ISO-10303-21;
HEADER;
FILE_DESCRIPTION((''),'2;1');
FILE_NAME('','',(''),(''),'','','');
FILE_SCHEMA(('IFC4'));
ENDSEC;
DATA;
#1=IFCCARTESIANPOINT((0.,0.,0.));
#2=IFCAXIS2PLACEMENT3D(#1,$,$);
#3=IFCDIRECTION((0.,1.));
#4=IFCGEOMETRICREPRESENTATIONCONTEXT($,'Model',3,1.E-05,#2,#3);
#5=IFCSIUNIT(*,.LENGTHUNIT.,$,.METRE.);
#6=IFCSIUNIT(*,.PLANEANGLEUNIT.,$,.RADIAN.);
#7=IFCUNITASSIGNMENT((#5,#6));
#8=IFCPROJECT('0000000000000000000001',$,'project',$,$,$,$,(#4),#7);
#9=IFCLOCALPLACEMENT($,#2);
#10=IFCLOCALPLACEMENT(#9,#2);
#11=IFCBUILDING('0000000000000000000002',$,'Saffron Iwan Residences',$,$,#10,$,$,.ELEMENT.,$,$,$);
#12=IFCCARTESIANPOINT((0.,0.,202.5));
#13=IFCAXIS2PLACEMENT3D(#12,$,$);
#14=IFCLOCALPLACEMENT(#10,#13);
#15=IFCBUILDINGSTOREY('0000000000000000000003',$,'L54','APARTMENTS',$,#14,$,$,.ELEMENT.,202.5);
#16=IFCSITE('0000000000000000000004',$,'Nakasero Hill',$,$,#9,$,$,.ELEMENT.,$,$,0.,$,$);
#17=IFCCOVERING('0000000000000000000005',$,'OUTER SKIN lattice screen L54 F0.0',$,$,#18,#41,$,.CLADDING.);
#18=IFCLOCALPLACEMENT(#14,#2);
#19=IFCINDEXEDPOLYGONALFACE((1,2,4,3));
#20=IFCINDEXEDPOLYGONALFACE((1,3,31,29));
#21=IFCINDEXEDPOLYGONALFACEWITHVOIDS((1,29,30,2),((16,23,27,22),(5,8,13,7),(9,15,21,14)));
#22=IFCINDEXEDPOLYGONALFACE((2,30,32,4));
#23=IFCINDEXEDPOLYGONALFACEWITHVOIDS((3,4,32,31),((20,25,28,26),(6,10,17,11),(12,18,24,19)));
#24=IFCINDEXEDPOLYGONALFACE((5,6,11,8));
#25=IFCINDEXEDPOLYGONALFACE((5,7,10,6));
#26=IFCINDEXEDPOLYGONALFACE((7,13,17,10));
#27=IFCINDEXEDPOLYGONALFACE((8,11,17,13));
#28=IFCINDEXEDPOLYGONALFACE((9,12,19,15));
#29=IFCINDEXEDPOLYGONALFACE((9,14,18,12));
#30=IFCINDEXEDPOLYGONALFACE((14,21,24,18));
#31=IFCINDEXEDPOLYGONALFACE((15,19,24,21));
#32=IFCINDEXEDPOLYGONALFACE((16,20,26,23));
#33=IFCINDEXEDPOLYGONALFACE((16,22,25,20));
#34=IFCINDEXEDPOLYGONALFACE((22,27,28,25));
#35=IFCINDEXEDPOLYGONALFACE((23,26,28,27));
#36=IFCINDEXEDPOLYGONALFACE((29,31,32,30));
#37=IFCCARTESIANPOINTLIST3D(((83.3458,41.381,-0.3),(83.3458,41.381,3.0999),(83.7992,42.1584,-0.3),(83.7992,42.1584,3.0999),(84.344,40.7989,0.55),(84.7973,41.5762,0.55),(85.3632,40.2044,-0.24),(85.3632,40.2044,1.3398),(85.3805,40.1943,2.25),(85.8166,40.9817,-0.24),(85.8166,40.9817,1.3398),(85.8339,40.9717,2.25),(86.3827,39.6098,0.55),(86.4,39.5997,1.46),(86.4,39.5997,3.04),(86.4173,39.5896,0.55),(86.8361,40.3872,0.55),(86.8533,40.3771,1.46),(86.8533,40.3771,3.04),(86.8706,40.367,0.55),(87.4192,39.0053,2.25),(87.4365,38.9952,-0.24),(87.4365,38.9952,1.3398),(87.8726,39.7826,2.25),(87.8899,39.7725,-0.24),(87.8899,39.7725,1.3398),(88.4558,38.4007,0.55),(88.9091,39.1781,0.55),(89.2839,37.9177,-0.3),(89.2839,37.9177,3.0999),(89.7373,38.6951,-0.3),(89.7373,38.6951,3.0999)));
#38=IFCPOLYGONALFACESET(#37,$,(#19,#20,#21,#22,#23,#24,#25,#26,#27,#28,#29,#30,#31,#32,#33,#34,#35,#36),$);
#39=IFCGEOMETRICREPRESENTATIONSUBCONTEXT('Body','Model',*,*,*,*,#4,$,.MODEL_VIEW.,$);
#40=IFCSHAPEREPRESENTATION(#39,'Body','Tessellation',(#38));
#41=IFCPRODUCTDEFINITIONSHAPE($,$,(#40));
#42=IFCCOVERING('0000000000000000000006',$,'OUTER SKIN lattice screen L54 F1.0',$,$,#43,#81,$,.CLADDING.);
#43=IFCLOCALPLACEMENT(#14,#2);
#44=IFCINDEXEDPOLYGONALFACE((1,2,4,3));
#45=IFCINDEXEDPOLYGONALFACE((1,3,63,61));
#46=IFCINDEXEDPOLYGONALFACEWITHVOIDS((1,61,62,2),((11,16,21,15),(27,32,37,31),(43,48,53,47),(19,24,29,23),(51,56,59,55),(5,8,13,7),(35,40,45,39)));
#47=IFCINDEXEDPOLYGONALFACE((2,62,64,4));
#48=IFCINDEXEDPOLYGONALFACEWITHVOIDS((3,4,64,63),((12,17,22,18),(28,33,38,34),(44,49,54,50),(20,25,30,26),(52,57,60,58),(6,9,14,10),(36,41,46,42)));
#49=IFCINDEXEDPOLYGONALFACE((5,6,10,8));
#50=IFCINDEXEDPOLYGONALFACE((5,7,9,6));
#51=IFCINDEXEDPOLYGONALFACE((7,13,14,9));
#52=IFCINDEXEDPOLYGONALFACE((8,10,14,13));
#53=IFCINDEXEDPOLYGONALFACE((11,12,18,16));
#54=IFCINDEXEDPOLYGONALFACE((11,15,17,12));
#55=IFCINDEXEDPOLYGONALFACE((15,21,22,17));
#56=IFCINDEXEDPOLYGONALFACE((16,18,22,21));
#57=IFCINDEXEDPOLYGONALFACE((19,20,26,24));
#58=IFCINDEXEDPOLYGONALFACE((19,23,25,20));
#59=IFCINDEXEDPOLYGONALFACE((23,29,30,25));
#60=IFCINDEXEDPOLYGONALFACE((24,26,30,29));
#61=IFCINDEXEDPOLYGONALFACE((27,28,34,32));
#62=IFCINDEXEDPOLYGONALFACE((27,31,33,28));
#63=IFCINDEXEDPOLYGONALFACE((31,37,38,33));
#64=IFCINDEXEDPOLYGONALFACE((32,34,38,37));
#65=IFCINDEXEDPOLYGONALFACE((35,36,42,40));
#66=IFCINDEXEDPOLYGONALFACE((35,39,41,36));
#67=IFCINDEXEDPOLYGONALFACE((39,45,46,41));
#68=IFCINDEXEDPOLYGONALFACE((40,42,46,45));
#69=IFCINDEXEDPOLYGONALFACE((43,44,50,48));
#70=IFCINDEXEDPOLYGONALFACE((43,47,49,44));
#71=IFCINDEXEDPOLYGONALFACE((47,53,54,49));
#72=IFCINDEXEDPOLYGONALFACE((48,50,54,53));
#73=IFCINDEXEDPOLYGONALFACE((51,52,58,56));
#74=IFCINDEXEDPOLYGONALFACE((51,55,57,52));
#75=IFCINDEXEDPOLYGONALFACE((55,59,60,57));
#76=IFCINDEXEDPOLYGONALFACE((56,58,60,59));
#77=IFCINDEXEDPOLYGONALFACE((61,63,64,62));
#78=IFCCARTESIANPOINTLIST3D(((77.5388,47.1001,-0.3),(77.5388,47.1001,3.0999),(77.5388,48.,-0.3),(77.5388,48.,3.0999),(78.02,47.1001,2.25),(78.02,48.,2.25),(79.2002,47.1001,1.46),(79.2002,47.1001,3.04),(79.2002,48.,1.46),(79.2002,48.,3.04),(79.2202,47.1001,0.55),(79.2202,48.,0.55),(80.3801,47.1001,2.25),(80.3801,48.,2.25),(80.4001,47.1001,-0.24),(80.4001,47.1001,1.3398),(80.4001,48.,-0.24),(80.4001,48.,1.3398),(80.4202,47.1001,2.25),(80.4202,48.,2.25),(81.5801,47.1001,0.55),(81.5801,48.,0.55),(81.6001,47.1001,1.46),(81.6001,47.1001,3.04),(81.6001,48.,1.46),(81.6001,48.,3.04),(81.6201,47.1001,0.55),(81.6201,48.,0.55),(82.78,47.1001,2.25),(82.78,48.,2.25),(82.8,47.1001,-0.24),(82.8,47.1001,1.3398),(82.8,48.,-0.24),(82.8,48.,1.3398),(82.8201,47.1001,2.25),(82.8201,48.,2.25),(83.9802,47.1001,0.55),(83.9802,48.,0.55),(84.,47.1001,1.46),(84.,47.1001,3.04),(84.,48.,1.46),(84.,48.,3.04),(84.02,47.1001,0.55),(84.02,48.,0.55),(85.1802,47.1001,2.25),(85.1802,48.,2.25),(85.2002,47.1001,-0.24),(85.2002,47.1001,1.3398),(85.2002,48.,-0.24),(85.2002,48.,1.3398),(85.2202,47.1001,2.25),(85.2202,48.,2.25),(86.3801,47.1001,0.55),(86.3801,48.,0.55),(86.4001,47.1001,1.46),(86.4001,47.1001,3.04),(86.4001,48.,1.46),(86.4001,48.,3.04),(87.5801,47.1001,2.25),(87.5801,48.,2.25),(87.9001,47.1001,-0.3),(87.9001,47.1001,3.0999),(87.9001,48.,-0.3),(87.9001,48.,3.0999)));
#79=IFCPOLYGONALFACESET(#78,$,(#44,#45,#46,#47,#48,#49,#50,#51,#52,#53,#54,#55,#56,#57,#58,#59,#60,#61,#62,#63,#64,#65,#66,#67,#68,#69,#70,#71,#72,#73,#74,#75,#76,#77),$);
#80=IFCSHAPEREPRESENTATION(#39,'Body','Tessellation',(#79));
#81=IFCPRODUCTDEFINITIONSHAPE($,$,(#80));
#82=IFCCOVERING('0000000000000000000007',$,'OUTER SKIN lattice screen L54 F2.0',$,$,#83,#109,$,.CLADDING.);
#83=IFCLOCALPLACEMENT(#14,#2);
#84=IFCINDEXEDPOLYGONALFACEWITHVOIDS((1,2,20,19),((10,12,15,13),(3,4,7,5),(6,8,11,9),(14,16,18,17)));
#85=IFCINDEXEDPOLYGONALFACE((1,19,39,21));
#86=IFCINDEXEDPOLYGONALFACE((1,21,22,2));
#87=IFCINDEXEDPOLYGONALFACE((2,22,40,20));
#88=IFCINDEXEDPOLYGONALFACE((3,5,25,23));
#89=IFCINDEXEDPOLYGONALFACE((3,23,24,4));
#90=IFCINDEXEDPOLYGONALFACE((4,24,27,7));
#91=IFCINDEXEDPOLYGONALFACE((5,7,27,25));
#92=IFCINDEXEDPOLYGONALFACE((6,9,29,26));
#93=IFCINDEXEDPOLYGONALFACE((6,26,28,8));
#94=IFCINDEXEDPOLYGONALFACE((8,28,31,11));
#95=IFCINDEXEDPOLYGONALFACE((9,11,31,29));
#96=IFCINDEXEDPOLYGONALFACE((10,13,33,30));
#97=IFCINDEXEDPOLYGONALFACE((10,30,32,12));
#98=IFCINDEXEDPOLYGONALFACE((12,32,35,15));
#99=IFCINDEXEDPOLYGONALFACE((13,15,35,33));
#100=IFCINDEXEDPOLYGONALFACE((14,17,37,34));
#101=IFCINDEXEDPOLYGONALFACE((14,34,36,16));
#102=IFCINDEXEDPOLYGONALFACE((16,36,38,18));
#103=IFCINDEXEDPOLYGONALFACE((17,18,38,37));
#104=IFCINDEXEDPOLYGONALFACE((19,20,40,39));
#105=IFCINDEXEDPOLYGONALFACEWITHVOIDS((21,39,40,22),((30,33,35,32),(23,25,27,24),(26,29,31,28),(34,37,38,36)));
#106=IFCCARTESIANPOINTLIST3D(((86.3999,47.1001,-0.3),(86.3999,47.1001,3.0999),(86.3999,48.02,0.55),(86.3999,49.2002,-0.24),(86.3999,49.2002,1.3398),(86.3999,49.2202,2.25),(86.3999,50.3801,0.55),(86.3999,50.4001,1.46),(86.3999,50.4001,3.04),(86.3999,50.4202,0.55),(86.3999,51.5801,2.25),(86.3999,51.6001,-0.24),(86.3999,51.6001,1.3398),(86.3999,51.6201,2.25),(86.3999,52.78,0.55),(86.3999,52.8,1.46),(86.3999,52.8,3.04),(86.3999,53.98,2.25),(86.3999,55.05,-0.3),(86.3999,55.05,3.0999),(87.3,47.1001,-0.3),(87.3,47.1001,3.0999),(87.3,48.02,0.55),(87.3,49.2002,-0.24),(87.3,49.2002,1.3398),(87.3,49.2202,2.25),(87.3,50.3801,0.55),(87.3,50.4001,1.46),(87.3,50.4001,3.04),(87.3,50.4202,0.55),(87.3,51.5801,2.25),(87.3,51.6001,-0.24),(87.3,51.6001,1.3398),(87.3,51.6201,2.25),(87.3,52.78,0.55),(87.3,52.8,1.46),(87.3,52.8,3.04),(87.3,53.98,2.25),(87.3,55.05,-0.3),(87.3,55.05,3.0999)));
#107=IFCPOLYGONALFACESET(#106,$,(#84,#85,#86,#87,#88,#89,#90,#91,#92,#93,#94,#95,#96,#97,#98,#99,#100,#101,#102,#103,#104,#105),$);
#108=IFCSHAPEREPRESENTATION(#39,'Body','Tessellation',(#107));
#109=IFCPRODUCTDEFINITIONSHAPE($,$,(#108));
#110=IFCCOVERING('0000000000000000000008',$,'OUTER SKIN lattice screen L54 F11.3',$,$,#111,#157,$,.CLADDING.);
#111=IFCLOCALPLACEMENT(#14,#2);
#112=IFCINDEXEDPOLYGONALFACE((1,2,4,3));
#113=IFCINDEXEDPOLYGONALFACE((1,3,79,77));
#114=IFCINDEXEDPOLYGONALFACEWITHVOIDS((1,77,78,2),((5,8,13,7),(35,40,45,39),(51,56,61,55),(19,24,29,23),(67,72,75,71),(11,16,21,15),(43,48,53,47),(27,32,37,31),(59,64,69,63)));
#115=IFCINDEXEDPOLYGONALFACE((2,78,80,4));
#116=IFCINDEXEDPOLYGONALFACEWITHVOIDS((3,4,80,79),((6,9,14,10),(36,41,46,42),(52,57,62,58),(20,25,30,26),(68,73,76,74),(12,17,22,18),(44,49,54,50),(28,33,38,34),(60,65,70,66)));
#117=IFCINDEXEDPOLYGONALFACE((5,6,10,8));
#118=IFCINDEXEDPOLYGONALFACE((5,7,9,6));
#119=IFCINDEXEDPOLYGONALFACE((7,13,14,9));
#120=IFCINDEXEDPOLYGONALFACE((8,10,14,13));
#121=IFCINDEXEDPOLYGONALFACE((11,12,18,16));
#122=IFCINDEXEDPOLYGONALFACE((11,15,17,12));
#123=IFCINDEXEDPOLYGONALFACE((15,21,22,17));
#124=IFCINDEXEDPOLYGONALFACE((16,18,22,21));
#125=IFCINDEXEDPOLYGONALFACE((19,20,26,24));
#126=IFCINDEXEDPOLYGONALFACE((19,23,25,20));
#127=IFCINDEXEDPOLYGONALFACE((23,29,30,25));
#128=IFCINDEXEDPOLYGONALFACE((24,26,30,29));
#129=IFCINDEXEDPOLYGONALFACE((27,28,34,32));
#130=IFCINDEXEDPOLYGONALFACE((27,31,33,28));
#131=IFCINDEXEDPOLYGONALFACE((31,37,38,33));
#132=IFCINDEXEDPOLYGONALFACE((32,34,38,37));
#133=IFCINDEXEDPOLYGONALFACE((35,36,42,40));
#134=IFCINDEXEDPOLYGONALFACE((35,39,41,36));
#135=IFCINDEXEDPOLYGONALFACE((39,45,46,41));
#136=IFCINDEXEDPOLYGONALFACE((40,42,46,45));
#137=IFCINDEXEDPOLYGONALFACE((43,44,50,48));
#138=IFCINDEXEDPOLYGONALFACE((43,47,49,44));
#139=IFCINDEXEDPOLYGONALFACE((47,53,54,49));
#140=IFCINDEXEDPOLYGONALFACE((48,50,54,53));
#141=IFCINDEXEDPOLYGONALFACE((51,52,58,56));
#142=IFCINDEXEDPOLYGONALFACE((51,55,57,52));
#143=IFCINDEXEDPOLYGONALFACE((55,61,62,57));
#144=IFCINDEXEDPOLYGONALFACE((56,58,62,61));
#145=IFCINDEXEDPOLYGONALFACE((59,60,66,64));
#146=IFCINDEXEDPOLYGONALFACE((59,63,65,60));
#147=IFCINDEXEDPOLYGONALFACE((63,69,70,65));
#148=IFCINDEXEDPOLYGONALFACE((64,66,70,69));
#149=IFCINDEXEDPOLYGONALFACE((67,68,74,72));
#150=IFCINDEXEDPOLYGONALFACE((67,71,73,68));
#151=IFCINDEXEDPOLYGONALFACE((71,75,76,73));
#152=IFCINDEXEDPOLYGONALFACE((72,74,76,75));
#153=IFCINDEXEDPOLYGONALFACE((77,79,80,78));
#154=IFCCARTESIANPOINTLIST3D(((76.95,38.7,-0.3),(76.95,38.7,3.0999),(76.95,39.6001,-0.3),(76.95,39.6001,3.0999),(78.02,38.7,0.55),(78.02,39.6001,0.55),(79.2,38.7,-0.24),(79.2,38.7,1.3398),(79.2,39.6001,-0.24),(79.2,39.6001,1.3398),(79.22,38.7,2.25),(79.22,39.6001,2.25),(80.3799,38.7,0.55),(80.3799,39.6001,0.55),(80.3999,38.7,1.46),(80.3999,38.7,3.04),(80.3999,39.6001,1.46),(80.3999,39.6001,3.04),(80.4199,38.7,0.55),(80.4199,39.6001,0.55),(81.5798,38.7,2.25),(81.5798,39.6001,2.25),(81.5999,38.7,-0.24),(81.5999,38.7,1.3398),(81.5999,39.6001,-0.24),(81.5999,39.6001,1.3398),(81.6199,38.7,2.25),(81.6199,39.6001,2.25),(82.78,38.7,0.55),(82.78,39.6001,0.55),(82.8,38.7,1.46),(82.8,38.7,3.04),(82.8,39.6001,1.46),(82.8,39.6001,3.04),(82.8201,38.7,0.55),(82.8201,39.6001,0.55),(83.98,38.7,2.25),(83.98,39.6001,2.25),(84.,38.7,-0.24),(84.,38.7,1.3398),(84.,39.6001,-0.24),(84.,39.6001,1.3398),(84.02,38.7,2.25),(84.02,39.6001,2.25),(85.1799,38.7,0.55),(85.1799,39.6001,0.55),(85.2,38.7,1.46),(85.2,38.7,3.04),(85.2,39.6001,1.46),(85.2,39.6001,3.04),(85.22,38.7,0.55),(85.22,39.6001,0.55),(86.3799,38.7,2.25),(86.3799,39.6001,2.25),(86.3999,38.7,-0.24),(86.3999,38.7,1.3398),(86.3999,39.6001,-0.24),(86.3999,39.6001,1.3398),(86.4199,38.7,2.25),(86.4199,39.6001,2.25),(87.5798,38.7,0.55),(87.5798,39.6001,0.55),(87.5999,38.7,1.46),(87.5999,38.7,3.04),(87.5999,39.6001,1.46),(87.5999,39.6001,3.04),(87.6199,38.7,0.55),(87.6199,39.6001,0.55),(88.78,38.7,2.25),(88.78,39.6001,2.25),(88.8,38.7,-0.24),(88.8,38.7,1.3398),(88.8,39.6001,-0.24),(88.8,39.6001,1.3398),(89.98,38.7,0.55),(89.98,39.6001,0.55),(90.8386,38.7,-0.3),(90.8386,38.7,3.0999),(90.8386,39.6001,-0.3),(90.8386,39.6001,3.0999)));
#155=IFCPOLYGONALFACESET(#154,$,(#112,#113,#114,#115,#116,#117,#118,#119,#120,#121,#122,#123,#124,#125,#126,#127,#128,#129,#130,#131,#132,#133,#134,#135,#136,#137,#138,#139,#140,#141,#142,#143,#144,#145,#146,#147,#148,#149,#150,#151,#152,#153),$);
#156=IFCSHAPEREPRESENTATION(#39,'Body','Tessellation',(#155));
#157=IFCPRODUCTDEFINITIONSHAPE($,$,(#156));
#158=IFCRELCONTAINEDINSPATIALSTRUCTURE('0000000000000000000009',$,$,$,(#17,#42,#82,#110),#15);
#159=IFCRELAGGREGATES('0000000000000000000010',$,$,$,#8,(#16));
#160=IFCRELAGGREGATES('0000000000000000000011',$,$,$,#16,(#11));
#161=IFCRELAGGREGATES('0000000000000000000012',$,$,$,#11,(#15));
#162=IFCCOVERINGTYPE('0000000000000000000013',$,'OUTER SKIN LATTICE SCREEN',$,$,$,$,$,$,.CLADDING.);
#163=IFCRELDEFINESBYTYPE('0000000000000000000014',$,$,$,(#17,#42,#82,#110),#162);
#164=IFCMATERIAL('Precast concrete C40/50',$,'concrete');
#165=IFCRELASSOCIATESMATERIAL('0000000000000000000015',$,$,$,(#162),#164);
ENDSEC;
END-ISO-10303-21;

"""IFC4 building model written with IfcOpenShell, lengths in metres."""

from ifc_helpers import new_model, si_unit, direction, frame, origin, place, context, subcontext, project, spatial, polyline, outline, extrude, material, type_object, element, save


model = new_model("IFC4")

# Units and contexts
model_context = context("Model", 3, precision=1e-05, world=origin(), true_north=direction((0.0, 1.0)))
body_context = subcontext(model_context, "Body", "Model", "MODEL_VIEW")
ifc_project = project(units=[si_unit("LENGTHUNIT", "METRE"), si_unit("PLANEANGLEUNIT", "RADIAN")], contexts=[model_context])

# Site, building, storey
site_placement = place(None, origin())
site = spatial("IfcSite", under=ifc_project, at=site_placement, Name="Nakasero Hill", CompositionType="ELEMENT", RefElevation=0.0)
building_placement = place(site_placement, origin())
building = spatial("IfcBuilding", under=site, at=building_placement, Name="Saffron Iwan Residences", CompositionType="ELEMENT")
storey_placement = place(building_placement, frame((0.0, 0.0, 202.5)))
storey = spatial("IfcBuildingStorey", under=building, at=storey_placement, Name="L54", Description="APARTMENTS", CompositionType="ELEMENT", Elevation=202.5)

# Coverings
ifc_material_1 = material(Name="Precast concrete C40/50", Category="concrete")
covering_type = type_object("IfcCoveringType", Name="OUTER SKIN LATTICE SCREEN", PredefinedType="CLADDING", material=ifc_material_1)
covering_1_placement = place(storey_placement, frame((89.2839, 37.9177, -0.3), z_axis=(0.503804, 0.863818, 0.0), x_axis=(-0.863818, 0.503804, 0.0)))
element("IfcCovering", 1, at=covering_1_placement, inside=storey, type_object=covering_type, Name="OUTER SKIN lattice screen L54 F0.0", PredefinedType="CLADDING", context=body_context, shape_type="SweptSolid", body=[
    extrude(outline(polyline([(0.0, 0.0), (6.8743, 0.0), (6.8743, 3.3999), (0.0, 3.3999), (0.0, 0.0)]), holes=[polyline([(0.9587, 0.8501), (2.1387, 0.0601), (3.3186, 0.8501), (2.1387, 1.6399), (0.9587, 0.8501)]), polyline([(3.3586, 0.8501), (4.5388, 0.0601), (5.7188, 0.8501), (4.5388, 1.6399), (3.3586, 0.8501)]), polyline([(2.1587, 2.55), (3.3386, 1.76), (4.5188, 2.55), (3.3386, 3.3401), (2.1587, 2.55)])]), origin(), (0.0, 0.0, 1.0), 0.8999),
])
covering_2_placement = place(storey_placement, frame((77.5388, 48.0, -0.3), z_axis=(0.0, -1.0, 0.0), x_axis=(1.0, 0.0, 0.0)))
element("IfcCovering", 2, at=covering_2_placement, inside=storey, type_object=covering_type, Name="OUTER SKIN lattice screen L54 F1.0", PredefinedType="CLADDING", context=body_context, shape_type="SweptSolid", body=[
    extrude(outline(polyline([(0.0, 0.0), (10.3613, 0.0), (10.3613, 3.3999), (0.0, 3.3999), (0.0, 0.0)]), holes=[polyline([(1.6814, 0.8501), (2.8613, 0.0601), (4.0413, 0.8501), (2.8613, 1.6399), (1.6814, 0.8501)]), polyline([(4.0813, 0.8501), (5.2612, 0.0601), (6.4414, 0.8501), (5.2612, 1.6399), (4.0813, 0.8501)]), polyline([(6.4812, 0.8501), (7.6614, 0.0601), (8.8413, 0.8501), (7.6614, 1.6399), (6.4812, 0.8501)]), polyline([(0.4812, 2.55), (1.6614, 1.76), (2.8413, 2.55), (1.6614, 3.3401), (0.4812, 2.55)]), polyline([(2.8813, 2.55), (4.0613, 1.76), (5.2412, 2.55), (4.0613, 3.3401), (2.8813, 2.55)]), polyline([(5.2812, 2.55), (6.4612, 1.76), (7.6414, 2.55), (6.4612, 3.3401), (5.2812, 2.55)]), polyline([(7.6814, 2.55), (8.8613, 1.76), (10.0413, 2.55), (8.8613, 3.3401), (7.6814, 2.55)])]), origin(), (0.0, 0.0, 1.0), 0.8999),
])
covering_3_placement = place(storey_placement, frame((86.3999, 47.1001, -0.3), z_axis=(1.0, 0.0, 0.0), x_axis=(0.0, 1.0, 0.0)))
element("IfcCovering", 3, at=covering_3_placement, inside=storey, type_object=covering_type, Name="OUTER SKIN lattice screen L54 F2.0", PredefinedType="CLADDING", context=body_context, shape_type="SweptSolid", body=[
    extrude(outline(polyline([(0.0, 0.0), (7.95, 0.0), (7.95, 3.3999), (0.0, 3.3999), (0.0, 0.0)]), holes=[polyline([(0.9199, 0.8501), (2.1001, 0.0601), (3.28, 0.8501), (2.1001, 1.6399), (0.9199, 0.8501)]), polyline([(3.3201, 0.8501), (4.5, 0.0601), (5.6799, 0.8501), (4.5, 1.6399), (3.3201, 0.8501)]), polyline([(2.1201, 2.55), (3.3, 1.76), (4.48, 2.55), (3.3, 3.3401), (2.1201, 2.55)]), polyline([(4.52, 2.55), (5.7, 1.76), (6.8799, 2.55), (5.7, 3.3401), (4.52, 2.55)])]), origin(), (0.0, 0.0, 1.0), 0.9001),
])
covering_4_placement = place(storey_placement, frame((76.95, 39.6001, -0.3), z_axis=(0.0, -1.0, 0.0), x_axis=(1.0, 0.0, 0.0)))
element("IfcCovering", 4, at=covering_4_placement, inside=storey, type_object=covering_type, Name="OUTER SKIN lattice screen L54 F11.3", PredefinedType="CLADDING", context=body_context, shape_type="SweptSolid", body=[
    extrude(outline(polyline([(0.0, 0.0), (13.8887, 0.0), (13.8887, 3.3999), (0.0, 3.3999), (0.0, 0.0)]), holes=[polyline([(1.0701, 0.8501), (2.25, 0.0601), (3.4299, 0.8501), (2.25, 1.6399), (1.0701, 0.8501)]), polyline([(3.47, 0.8501), (4.6499, 0.0601), (5.8301, 0.8501), (4.6499, 1.6399), (3.47, 0.8501)]), polyline([(5.8701, 0.8501), (7.05, 0.0601), (8.23, 0.8501), (7.05, 1.6399), (5.8701, 0.8501)]), polyline([(8.27, 0.8501), (9.45, 0.0601), (10.6299, 0.8501), (9.45, 1.6399), (8.27, 0.8501)]), polyline([(10.6699, 0.8501), (11.8501, 0.0601), (13.03, 0.8501), (11.8501, 1.6399), (10.6699, 0.8501)]), polyline([(2.27, 2.55), (3.45, 1.76), (4.6299, 2.55), (3.45, 3.3401), (2.27, 2.55)]), polyline([(4.6699, 2.55), (5.8501, 1.76), (7.03, 2.55), (5.8501, 3.3401), (4.6699, 2.55)]), polyline([(7.0701, 2.55), (8.25, 1.76), (9.4299, 2.55), (8.25, 3.3401), (7.0701, 2.55)]), polyline([(9.47, 2.55), (10.6499, 1.76), (11.8301, 2.55), (10.6499, 3.3401), (9.47, 2.55)])]), origin(), (0.0, 0.0, 1.0), 0.9001),
])

save(model, "model.ifc")
